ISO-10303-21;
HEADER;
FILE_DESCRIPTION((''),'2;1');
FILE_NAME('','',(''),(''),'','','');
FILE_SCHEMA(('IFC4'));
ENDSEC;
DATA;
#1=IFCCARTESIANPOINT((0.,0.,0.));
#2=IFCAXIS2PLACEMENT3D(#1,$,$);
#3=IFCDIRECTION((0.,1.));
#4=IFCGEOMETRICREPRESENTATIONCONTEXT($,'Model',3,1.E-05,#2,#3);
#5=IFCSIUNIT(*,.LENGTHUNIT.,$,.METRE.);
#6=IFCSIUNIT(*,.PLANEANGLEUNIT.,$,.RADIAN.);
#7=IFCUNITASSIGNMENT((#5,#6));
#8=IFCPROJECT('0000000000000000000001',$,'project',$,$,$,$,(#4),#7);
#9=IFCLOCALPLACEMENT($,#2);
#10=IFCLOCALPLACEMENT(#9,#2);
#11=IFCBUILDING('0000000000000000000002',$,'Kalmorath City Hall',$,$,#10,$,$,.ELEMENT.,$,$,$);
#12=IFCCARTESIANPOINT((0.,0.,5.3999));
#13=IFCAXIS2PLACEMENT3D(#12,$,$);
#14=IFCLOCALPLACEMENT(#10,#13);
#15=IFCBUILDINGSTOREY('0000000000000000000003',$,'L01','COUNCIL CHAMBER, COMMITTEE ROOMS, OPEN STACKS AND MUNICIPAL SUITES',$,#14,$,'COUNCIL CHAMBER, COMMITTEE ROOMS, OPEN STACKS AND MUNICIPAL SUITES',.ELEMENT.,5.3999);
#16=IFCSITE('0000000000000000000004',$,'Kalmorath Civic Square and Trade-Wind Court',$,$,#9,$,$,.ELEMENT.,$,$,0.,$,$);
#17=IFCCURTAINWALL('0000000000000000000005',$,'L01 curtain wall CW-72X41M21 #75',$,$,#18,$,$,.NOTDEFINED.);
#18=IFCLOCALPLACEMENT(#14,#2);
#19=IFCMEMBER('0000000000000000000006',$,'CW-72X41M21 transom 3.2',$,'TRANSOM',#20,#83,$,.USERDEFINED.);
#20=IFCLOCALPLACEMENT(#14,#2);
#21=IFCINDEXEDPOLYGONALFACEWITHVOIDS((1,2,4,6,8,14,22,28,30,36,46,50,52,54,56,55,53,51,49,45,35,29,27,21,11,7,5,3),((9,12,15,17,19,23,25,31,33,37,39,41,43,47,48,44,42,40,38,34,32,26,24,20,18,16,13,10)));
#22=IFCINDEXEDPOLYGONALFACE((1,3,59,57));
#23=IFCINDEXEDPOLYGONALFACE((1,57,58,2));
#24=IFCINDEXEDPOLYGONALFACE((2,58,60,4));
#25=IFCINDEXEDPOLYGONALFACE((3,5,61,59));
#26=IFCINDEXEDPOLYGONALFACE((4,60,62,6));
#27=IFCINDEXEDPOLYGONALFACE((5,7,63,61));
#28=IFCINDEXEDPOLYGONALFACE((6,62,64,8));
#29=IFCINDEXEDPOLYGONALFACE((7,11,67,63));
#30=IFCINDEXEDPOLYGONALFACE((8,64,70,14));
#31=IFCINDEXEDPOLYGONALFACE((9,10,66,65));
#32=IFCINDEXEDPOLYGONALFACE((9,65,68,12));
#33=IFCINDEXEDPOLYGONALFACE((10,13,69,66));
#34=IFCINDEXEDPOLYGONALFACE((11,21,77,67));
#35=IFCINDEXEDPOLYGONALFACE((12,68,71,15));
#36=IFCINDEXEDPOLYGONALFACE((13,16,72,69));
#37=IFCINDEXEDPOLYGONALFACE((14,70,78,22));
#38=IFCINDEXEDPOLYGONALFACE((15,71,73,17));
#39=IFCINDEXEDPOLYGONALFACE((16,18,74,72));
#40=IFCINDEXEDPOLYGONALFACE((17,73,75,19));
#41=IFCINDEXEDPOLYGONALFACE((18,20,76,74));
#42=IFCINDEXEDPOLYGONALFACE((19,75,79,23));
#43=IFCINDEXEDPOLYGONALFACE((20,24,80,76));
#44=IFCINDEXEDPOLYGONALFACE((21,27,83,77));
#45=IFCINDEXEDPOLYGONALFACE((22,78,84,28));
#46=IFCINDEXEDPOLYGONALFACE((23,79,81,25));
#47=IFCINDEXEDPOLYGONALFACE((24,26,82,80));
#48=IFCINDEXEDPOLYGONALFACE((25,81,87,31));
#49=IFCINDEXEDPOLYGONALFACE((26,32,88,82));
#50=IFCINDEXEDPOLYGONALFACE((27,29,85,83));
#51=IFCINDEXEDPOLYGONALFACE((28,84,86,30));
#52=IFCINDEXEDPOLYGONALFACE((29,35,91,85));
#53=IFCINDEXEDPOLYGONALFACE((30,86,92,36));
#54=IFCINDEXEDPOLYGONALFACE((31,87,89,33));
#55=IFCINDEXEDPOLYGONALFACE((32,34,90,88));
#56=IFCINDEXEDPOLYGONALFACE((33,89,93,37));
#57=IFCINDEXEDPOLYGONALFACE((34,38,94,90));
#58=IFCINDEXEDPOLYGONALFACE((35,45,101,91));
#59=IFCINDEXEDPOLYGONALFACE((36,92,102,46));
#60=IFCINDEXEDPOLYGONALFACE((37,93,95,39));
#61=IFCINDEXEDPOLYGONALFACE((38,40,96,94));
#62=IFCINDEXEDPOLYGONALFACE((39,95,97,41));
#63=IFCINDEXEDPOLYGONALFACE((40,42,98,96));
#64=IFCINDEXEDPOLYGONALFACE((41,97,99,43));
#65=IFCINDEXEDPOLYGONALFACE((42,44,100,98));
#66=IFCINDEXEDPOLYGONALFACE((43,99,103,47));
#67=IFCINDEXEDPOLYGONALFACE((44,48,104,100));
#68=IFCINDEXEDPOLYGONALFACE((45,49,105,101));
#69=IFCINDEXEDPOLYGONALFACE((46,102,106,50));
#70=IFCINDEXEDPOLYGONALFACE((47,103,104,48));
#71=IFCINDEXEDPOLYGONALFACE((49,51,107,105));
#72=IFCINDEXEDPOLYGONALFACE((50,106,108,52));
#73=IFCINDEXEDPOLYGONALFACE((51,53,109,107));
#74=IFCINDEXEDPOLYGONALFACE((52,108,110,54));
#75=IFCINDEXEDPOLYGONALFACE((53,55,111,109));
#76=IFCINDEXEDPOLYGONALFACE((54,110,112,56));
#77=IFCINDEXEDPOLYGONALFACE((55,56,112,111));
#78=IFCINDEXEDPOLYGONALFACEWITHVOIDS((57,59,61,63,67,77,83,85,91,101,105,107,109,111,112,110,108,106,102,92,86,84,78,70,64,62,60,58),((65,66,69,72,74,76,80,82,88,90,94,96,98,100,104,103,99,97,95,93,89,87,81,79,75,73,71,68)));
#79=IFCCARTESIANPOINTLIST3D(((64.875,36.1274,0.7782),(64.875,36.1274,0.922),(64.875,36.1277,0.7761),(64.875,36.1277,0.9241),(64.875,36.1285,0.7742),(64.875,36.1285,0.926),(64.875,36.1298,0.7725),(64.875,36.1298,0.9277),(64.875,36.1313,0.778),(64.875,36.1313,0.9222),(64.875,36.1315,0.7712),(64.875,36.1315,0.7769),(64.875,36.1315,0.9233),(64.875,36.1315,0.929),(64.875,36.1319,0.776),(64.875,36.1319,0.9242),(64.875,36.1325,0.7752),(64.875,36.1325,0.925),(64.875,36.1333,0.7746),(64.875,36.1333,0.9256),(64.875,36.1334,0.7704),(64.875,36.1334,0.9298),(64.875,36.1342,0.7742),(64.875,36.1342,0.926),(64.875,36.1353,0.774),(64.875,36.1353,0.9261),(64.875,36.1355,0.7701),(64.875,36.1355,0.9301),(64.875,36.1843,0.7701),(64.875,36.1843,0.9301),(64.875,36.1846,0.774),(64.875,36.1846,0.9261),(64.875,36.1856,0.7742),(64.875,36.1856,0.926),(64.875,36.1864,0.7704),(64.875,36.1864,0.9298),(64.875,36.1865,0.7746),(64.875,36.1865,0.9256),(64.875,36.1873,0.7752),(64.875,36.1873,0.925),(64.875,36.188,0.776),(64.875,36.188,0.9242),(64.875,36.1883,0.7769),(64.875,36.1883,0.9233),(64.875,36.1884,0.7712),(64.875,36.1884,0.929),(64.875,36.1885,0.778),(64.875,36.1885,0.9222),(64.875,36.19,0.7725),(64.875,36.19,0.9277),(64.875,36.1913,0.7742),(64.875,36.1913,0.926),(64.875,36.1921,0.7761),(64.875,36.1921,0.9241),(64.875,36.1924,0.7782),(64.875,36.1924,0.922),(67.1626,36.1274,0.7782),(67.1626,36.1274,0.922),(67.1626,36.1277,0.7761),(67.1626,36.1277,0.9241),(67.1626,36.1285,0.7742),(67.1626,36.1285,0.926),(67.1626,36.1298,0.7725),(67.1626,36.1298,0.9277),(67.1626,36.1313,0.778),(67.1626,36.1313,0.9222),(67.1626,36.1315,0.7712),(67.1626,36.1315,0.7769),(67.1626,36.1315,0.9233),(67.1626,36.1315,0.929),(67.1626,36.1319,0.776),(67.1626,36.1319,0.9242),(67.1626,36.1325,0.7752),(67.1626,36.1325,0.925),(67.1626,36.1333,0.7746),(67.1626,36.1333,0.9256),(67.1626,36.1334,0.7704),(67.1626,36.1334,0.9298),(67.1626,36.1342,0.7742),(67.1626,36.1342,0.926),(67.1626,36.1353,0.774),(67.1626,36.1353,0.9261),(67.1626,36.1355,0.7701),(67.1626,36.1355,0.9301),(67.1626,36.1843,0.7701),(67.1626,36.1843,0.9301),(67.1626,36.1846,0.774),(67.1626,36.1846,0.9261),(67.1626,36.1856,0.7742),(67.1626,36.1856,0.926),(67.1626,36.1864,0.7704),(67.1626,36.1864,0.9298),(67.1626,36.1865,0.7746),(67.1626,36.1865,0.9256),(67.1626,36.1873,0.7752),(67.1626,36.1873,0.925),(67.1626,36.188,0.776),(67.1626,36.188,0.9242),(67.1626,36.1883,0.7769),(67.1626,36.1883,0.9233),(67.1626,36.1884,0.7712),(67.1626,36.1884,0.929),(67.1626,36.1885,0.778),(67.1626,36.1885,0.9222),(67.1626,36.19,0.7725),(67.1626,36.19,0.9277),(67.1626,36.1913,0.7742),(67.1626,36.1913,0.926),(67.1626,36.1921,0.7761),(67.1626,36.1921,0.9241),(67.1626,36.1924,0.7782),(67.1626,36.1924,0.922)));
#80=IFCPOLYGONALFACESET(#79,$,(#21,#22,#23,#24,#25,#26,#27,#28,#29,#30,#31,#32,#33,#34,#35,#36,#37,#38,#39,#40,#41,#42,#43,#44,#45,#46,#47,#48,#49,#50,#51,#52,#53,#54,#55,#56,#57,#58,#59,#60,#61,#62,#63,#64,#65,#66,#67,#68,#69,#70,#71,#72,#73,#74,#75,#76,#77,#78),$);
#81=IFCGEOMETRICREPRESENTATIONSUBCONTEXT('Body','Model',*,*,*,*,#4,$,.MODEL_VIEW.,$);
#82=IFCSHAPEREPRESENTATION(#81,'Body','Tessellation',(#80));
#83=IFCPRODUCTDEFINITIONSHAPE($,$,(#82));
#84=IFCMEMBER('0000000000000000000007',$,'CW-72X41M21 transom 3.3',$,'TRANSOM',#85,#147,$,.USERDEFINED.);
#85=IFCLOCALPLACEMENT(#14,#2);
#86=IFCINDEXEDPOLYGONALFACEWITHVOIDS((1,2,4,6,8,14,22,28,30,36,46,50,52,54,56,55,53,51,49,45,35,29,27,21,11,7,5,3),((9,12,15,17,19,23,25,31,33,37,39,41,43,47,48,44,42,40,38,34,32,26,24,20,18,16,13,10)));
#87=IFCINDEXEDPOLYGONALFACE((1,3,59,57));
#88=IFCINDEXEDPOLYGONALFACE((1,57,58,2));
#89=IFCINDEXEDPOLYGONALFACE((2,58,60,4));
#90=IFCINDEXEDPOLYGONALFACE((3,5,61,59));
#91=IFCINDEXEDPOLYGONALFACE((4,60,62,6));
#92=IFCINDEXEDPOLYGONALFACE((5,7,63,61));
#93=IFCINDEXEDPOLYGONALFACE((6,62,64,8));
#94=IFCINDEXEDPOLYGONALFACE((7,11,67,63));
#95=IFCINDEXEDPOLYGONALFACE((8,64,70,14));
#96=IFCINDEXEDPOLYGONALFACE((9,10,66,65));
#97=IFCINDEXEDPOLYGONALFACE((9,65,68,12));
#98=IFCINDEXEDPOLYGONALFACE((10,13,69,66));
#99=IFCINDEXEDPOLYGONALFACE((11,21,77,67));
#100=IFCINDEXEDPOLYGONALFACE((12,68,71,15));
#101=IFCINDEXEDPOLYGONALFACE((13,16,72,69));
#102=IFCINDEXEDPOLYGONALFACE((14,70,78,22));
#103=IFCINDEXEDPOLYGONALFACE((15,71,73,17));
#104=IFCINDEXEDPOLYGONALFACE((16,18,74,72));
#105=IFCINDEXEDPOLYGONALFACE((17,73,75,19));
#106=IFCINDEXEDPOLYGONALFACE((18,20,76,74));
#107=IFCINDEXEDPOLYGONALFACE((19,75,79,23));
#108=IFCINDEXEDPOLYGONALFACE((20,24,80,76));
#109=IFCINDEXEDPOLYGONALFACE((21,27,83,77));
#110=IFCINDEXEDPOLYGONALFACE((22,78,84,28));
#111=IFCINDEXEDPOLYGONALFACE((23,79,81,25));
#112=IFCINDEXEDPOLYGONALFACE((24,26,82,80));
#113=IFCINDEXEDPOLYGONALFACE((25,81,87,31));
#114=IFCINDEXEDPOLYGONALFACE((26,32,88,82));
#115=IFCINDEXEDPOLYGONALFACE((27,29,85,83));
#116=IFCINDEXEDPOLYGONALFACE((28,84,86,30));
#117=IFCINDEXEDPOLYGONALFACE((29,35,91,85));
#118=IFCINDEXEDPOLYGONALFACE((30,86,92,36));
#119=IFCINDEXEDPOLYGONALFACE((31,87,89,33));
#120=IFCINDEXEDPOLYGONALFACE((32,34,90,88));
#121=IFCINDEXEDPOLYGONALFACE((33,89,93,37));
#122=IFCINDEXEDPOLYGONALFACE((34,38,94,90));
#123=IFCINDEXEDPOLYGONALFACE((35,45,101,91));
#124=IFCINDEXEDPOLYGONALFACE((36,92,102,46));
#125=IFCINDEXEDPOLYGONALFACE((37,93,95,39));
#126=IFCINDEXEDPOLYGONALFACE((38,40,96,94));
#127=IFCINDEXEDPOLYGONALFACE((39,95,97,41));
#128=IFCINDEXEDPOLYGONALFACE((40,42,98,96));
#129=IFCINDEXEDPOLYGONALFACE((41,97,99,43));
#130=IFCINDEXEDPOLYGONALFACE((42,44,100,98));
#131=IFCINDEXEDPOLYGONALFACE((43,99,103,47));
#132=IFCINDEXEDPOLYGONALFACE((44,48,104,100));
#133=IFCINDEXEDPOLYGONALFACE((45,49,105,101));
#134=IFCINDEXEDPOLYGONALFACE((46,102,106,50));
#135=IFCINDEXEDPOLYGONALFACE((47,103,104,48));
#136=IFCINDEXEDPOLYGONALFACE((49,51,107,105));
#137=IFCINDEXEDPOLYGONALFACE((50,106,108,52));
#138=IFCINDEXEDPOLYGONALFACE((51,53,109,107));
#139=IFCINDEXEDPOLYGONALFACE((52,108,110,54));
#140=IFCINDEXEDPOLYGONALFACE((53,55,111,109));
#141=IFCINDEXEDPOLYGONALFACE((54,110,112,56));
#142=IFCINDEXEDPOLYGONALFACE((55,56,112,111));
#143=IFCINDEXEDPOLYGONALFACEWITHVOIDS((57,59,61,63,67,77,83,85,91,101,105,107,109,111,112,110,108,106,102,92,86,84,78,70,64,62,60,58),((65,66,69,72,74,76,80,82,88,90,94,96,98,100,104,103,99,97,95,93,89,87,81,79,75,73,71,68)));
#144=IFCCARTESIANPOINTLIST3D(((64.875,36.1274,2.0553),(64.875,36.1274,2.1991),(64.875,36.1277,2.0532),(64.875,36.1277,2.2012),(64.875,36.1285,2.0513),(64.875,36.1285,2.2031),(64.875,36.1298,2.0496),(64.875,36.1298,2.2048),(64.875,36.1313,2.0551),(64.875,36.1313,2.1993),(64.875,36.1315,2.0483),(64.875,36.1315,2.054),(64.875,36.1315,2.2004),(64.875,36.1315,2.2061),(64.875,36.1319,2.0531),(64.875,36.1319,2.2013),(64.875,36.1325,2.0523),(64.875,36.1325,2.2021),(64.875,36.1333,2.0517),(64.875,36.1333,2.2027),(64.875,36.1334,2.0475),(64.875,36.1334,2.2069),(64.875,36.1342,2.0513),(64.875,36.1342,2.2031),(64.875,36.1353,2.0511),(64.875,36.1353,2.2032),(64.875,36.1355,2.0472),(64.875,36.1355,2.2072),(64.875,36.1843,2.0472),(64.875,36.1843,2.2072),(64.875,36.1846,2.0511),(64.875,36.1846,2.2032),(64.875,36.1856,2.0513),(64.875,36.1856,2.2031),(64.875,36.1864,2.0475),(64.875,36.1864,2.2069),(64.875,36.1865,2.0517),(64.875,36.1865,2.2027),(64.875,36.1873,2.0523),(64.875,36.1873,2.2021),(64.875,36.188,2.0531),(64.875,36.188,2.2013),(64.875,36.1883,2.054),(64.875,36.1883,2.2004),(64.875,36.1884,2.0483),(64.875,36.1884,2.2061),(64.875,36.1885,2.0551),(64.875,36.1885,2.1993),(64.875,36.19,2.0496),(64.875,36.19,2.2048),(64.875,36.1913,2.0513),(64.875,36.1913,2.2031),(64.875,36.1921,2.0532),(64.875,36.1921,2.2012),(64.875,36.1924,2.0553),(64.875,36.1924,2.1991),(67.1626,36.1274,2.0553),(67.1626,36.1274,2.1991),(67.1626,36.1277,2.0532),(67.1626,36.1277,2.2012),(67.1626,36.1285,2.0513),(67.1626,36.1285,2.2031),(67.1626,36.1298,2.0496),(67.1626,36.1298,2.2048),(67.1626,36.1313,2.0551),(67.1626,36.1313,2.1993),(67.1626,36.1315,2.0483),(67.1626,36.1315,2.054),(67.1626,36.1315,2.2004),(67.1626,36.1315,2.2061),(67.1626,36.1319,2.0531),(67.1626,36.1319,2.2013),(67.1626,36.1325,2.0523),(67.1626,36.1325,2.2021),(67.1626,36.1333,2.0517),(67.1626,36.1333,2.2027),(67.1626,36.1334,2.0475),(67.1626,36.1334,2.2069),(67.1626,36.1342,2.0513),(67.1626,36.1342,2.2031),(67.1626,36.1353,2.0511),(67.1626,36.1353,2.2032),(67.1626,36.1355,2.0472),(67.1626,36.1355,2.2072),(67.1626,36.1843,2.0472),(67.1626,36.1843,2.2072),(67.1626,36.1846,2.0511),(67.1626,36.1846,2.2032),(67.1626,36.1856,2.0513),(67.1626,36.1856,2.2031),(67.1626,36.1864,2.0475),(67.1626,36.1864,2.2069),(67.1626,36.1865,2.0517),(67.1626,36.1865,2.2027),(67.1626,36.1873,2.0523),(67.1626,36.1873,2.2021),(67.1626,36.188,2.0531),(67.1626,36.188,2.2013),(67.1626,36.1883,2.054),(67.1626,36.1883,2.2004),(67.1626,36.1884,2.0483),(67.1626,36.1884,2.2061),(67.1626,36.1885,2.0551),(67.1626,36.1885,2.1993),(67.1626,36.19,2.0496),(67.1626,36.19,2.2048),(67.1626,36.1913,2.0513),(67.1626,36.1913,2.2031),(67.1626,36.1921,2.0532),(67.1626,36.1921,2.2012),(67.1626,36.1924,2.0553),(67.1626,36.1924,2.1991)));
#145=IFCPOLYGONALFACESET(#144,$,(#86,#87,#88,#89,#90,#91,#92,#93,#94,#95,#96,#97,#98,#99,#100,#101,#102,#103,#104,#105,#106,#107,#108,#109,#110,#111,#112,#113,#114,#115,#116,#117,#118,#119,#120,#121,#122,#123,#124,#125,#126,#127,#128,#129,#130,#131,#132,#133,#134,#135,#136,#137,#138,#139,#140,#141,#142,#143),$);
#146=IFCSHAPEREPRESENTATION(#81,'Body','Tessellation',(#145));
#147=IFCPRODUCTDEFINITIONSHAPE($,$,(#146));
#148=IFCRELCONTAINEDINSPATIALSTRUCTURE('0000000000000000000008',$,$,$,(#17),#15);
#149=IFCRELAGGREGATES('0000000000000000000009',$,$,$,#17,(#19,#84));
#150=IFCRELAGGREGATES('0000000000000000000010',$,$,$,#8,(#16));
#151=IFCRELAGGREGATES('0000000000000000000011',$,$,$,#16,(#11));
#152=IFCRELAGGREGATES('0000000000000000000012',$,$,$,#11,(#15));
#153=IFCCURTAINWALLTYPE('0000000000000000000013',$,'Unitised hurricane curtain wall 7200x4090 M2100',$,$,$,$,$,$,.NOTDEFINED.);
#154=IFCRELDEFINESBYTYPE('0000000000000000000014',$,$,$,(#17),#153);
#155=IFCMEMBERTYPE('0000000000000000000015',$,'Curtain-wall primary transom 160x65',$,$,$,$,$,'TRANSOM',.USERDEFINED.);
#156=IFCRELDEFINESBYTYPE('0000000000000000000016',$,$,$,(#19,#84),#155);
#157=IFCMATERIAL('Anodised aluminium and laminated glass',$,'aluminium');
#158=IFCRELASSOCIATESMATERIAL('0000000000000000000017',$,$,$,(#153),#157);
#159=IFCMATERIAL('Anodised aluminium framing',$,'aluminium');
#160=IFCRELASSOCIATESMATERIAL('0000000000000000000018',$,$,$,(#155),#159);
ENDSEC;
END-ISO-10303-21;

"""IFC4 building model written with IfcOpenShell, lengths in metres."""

from ifc_helpers import new_model, si_unit, direction, frame, origin, origin_2d, place, context, subcontext, project, spatial, hollow_rectangle, extrude, material, material_profile, profile_set, type_object, element, aggregate, save


model = new_model("IFC4")

# Units and contexts
model_context = context("Model", 3, precision=1e-05, world=origin(), true_north=direction((0.0, 1.0)))
body_context = subcontext(model_context, "Body", "Model", "MODEL_VIEW")
ifc_project = project(units=[si_unit("LENGTHUNIT", "METRE"), si_unit("PLANEANGLEUNIT", "RADIAN")], contexts=[model_context])

# Site, building, storey
site_placement = place(None, origin())
site = spatial("IfcSite", under=ifc_project, at=site_placement, Name="Kalmorath Civic Square and Trade-Wind Court", CompositionType="ELEMENT", RefElevation=0.0)
building_placement = place(site_placement, origin())
building = spatial("IfcBuilding", under=site, at=building_placement, Name="Kalmorath City Hall", CompositionType="ELEMENT")
storey_placement = place(building_placement, frame((0.0, 0.0, 5.3999)))
storey = spatial("IfcBuildingStorey", under=building, at=storey_placement, Name="L01", Description="COUNCIL CHAMBER, COMMITTEE ROOMS, OPEN STACKS AND MUNICIPAL SUITES", LongName="COUNCIL CHAMBER, COMMITTEE ROOMS, OPEN STACKS AND MUNICIPAL SUITES", CompositionType="ELEMENT", Elevation=5.3999)

# Curtain wall
ifc_material_1 = material(Name="Anodised aluminium and laminated glass", Category="aluminium")
curtain_wall_type_1 = type_object("IfcCurtainWallType", Name="Unitised hurricane curtain wall 7200x4090 M2100", PredefinedType="NOTDEFINED", material=ifc_material_1)
curtain_wall_1_placement = place(storey_placement, origin())
curtain_wall_1 = element("IfcCurtainWall", 1, at=curtain_wall_1_placement, inside=storey, type_object=curtain_wall_type_1, Name="L01 curtain wall CW-72X41M21 #75", PredefinedType="NOTDEFINED")

# Members
ifc_material_2 = material(Name="Anodised aluminium framing", Category="aluminium")
ifc_material_profile_1 = material_profile(ifc_material_2, hollow_rectangle(XDim=0.0649, YDim=0.1599, WallThickness=0.0039, InnerFilletRadius=0.0039, OuterFilletRadius=0.0081, at=origin_2d()), Name="ALU-TRN-160X65X4")
ifc_profile_set_1 = profile_set([ifc_material_profile_1], Name="Anodised aluminium framing")
member_type_1 = type_object("IfcMemberType", Name="Curtain-wall primary transom 160x65", ElementType="TRANSOM", PredefinedType="USERDEFINED", material=ifc_profile_set_1)
member_1_placement = place(storey_placement, frame((67.1626, 36.1599, 0.8501), z_axis=(-1.0, 0.0, 0.0), x_axis=(0.0, -1.0, 0.0)))
member_1 = element("IfcMember", 2, at=member_1_placement, type_object=member_type_1, Name="CW-72X41M21 transom 3.2", ObjectType="TRANSOM", PredefinedType="USERDEFINED", context=body_context, shape_type="SweptSolid", body=[
    extrude(hollow_rectangle(XDim=0.0649, YDim=0.1599, WallThickness=0.0039, InnerFilletRadius=0.0039, OuterFilletRadius=0.0081, at=origin_2d()), origin(), (0.0, 0.0, 1.0), 2.2876),
])
member_2_placement = place(storey_placement, frame((67.1626, 36.1599, 2.1272), z_axis=(-1.0, 0.0, 0.0), x_axis=(0.0, -1.0, 0.0)))
member_2 = element("IfcMember", 3, at=member_2_placement, type_object=member_type_1, Name="CW-72X41M21 transom 3.3", ObjectType="TRANSOM", PredefinedType="USERDEFINED", context=body_context, shape_type="SweptSolid", body=[
    extrude(hollow_rectangle(XDim=0.0649, YDim=0.1599, WallThickness=0.0039, InnerFilletRadius=0.0039, OuterFilletRadius=0.0081, at=origin_2d()), origin(), (0.0, 0.0, 1.0), 2.2876),
])

aggregate(curtain_wall_1, [member_1, member_2])

save(model, "model.ifc")
